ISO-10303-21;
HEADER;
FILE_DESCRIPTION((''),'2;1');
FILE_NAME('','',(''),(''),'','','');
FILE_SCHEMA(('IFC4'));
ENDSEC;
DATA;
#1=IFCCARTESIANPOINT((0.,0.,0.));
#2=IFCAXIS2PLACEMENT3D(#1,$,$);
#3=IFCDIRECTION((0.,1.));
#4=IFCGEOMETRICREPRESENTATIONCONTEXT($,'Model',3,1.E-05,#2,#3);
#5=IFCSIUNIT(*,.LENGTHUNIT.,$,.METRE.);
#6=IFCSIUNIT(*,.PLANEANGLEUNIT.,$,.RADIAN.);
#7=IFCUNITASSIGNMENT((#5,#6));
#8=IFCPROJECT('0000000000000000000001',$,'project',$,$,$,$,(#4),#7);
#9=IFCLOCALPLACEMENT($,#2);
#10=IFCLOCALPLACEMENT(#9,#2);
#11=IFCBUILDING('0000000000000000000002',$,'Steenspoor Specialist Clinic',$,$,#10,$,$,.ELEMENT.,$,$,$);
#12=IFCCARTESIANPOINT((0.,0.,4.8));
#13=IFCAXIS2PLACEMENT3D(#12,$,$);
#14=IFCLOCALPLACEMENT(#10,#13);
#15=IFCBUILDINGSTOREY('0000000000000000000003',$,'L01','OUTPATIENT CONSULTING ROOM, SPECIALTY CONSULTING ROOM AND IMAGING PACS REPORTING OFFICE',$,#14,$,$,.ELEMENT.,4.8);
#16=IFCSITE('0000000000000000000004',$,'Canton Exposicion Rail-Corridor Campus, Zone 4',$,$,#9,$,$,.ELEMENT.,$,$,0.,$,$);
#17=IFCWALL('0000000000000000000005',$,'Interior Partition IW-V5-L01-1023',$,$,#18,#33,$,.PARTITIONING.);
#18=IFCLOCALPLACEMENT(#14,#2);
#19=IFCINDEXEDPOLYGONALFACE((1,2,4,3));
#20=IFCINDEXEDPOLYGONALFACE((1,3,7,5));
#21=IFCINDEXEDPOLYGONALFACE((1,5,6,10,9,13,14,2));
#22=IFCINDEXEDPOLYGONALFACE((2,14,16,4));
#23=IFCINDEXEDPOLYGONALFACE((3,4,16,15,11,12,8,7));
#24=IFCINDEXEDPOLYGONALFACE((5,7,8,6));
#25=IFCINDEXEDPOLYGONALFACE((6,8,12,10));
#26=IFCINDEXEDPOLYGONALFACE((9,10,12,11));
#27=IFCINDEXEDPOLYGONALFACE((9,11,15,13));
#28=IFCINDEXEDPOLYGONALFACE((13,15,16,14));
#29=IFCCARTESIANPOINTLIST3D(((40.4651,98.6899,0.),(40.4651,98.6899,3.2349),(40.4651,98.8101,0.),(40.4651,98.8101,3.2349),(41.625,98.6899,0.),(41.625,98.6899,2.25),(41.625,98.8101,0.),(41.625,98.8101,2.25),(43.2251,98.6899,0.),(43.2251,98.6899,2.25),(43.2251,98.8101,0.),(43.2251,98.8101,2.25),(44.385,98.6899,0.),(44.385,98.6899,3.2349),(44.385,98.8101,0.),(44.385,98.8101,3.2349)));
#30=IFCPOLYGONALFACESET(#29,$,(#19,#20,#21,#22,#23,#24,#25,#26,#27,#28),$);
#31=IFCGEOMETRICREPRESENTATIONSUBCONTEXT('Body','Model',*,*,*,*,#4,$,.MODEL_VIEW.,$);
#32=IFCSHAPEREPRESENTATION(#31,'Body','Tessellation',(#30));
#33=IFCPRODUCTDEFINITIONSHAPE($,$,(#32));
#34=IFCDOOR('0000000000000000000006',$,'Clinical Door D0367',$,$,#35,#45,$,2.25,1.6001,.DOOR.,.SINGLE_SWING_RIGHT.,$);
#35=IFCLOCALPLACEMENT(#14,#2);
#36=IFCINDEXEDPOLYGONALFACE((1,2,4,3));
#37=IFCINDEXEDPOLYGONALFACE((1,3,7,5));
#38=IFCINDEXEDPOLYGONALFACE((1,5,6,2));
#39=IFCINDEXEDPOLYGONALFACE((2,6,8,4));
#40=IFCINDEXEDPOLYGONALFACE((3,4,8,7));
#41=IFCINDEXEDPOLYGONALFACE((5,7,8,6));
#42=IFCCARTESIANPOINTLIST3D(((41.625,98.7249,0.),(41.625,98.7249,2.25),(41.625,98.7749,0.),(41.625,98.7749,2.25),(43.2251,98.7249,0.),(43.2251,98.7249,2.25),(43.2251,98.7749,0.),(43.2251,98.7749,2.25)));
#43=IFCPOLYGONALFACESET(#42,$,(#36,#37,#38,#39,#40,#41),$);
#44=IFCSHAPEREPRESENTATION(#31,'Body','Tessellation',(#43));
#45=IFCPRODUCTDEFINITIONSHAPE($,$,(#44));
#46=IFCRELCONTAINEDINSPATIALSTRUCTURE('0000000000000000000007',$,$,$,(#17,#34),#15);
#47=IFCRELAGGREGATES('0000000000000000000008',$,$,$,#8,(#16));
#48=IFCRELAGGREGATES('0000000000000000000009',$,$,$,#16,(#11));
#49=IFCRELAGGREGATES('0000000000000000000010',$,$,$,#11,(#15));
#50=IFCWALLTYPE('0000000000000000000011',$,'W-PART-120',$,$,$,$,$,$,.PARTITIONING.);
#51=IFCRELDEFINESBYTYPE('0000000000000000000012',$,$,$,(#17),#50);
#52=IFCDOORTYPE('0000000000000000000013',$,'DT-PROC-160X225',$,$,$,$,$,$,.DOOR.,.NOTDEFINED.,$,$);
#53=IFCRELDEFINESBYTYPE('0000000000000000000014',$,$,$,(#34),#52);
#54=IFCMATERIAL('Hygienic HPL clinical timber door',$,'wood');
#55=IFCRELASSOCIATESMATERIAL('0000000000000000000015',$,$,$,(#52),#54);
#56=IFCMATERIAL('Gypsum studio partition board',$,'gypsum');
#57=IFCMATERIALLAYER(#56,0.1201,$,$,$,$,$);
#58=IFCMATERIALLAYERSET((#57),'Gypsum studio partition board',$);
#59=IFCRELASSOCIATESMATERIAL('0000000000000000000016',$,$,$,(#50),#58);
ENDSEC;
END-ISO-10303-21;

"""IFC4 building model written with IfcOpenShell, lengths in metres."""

from ifc_helpers import new_model, si_unit, direction, frame, frame_2d, origin, place, context, subcontext, project, spatial, rectangle, extrude, material, layer, layer_set, type_object, element, fill, save


model = new_model("IFC4")

# Units and contexts
model_context = context("Model", 3, precision=1e-05, world=origin(), true_north=direction((0.0, 1.0)))
body_context = subcontext(model_context, "Body", "Model", "MODEL_VIEW")
ifc_project = project(units=[si_unit("LENGTHUNIT", "METRE"), si_unit("PLANEANGLEUNIT", "RADIAN")], contexts=[model_context])

# Site, building, storey
site_placement = place(None, origin())
site = spatial("IfcSite", under=ifc_project, at=site_placement, Name="Canton Exposicion Rail-Corridor Campus, Zone 4", CompositionType="ELEMENT", RefElevation=0.0)
building_placement = place(site_placement, origin())
building = spatial("IfcBuilding", under=site, at=building_placement, Name="Steenspoor Specialist Clinic", CompositionType="ELEMENT")
storey_placement = place(building_placement, frame((0.0, 0.0, 4.8)))
storey = spatial("IfcBuildingStorey", under=building, at=storey_placement, Name="L01", Description="OUTPATIENT CONSULTING ROOM, SPECIALTY CONSULTING ROOM AND IMAGING PACS REPORTING OFFICE", CompositionType="ELEMENT", Elevation=4.8)

# Shared definitions
ifc_material_1 = material(Name="Hygienic HPL clinical timber door", Category="wood")
door_type_1 = type_object("IfcDoorType", Name="DT-PROC-160X225", OperationType="NOTDEFINED", PredefinedType="DOOR", material=ifc_material_1)

# Wall, opening, door
ifc_material_2 = material(Name="Gypsum studio partition board", Category="gypsum")
ifc_layer_1 = layer(ifc_material_2, 0.1201)
ifc_layer_set_1 = layer_set([ifc_layer_1], Name="Gypsum studio partition board")
wall_type_1 = type_object("IfcWallType", Name="W-PART-120", PredefinedType="PARTITIONING", material=ifc_layer_set_1)
wall_1_placement = place(storey_placement, frame((40.4651, 98.75, 0.0), z_axis=(0.0, 0.0, 1.0), x_axis=(1.0, 0.0, 0.0)))
wall_1 = element("IfcWall", 1, at=wall_1_placement, inside=storey, type_object=wall_type_1, Name="Interior Partition IW-V5-L01-1023", PredefinedType="PARTITIONING", context=body_context, shape_type="SweptSolid", body=[
    extrude(rectangle(XDim=3.9199, YDim=0.1201, at=frame_2d((1.96, 0.0))), origin(), (0.0, 0.0, 1.0), 3.2349),
])
opening_1_placement = place(wall_1_placement, frame((1.1599, 0.0, 0.0)))
opening_1 = element("IfcOpeningElement", 2, at=opening_1_placement, cuts=wall_1, PredefinedType="OPENING", context=body_context, shape_type="SweptSolid", body=[
    extrude(rectangle(XDim=1.6001, YDim=2.25, at=frame_2d((0.8, 1.125))), frame((0.0, 0.0701, 0.0), z_axis=(0.0, -1.0, 0.0), x_axis=(1.0, 0.0, 0.0)), (0.0, 0.0, 1.0), 0.1401),
])
door_1_placement = place(opening_1_placement, origin())
door_1 = element("IfcDoor", 3, at=door_1_placement, inside=storey, type_object=door_type_1, Name="Clinical Door D0367", OperationType="SINGLE_SWING_RIGHT", OverallHeight=2.25, OverallWidth=1.6001, PredefinedType="DOOR", context=body_context, shape_type="SweptSolid", body=[
    extrude(rectangle(XDim=1.6001, YDim=2.25, at=frame_2d((0.8, 1.125))), frame((0.0, 0.0249, 0.0), z_axis=(0.0, -1.0, 0.0), x_axis=(1.0, 0.0, 0.0)), (0.0, 0.0, 1.0), 0.05),
])
fill(opening_1, door_1)

save(model, "model.ifc")
